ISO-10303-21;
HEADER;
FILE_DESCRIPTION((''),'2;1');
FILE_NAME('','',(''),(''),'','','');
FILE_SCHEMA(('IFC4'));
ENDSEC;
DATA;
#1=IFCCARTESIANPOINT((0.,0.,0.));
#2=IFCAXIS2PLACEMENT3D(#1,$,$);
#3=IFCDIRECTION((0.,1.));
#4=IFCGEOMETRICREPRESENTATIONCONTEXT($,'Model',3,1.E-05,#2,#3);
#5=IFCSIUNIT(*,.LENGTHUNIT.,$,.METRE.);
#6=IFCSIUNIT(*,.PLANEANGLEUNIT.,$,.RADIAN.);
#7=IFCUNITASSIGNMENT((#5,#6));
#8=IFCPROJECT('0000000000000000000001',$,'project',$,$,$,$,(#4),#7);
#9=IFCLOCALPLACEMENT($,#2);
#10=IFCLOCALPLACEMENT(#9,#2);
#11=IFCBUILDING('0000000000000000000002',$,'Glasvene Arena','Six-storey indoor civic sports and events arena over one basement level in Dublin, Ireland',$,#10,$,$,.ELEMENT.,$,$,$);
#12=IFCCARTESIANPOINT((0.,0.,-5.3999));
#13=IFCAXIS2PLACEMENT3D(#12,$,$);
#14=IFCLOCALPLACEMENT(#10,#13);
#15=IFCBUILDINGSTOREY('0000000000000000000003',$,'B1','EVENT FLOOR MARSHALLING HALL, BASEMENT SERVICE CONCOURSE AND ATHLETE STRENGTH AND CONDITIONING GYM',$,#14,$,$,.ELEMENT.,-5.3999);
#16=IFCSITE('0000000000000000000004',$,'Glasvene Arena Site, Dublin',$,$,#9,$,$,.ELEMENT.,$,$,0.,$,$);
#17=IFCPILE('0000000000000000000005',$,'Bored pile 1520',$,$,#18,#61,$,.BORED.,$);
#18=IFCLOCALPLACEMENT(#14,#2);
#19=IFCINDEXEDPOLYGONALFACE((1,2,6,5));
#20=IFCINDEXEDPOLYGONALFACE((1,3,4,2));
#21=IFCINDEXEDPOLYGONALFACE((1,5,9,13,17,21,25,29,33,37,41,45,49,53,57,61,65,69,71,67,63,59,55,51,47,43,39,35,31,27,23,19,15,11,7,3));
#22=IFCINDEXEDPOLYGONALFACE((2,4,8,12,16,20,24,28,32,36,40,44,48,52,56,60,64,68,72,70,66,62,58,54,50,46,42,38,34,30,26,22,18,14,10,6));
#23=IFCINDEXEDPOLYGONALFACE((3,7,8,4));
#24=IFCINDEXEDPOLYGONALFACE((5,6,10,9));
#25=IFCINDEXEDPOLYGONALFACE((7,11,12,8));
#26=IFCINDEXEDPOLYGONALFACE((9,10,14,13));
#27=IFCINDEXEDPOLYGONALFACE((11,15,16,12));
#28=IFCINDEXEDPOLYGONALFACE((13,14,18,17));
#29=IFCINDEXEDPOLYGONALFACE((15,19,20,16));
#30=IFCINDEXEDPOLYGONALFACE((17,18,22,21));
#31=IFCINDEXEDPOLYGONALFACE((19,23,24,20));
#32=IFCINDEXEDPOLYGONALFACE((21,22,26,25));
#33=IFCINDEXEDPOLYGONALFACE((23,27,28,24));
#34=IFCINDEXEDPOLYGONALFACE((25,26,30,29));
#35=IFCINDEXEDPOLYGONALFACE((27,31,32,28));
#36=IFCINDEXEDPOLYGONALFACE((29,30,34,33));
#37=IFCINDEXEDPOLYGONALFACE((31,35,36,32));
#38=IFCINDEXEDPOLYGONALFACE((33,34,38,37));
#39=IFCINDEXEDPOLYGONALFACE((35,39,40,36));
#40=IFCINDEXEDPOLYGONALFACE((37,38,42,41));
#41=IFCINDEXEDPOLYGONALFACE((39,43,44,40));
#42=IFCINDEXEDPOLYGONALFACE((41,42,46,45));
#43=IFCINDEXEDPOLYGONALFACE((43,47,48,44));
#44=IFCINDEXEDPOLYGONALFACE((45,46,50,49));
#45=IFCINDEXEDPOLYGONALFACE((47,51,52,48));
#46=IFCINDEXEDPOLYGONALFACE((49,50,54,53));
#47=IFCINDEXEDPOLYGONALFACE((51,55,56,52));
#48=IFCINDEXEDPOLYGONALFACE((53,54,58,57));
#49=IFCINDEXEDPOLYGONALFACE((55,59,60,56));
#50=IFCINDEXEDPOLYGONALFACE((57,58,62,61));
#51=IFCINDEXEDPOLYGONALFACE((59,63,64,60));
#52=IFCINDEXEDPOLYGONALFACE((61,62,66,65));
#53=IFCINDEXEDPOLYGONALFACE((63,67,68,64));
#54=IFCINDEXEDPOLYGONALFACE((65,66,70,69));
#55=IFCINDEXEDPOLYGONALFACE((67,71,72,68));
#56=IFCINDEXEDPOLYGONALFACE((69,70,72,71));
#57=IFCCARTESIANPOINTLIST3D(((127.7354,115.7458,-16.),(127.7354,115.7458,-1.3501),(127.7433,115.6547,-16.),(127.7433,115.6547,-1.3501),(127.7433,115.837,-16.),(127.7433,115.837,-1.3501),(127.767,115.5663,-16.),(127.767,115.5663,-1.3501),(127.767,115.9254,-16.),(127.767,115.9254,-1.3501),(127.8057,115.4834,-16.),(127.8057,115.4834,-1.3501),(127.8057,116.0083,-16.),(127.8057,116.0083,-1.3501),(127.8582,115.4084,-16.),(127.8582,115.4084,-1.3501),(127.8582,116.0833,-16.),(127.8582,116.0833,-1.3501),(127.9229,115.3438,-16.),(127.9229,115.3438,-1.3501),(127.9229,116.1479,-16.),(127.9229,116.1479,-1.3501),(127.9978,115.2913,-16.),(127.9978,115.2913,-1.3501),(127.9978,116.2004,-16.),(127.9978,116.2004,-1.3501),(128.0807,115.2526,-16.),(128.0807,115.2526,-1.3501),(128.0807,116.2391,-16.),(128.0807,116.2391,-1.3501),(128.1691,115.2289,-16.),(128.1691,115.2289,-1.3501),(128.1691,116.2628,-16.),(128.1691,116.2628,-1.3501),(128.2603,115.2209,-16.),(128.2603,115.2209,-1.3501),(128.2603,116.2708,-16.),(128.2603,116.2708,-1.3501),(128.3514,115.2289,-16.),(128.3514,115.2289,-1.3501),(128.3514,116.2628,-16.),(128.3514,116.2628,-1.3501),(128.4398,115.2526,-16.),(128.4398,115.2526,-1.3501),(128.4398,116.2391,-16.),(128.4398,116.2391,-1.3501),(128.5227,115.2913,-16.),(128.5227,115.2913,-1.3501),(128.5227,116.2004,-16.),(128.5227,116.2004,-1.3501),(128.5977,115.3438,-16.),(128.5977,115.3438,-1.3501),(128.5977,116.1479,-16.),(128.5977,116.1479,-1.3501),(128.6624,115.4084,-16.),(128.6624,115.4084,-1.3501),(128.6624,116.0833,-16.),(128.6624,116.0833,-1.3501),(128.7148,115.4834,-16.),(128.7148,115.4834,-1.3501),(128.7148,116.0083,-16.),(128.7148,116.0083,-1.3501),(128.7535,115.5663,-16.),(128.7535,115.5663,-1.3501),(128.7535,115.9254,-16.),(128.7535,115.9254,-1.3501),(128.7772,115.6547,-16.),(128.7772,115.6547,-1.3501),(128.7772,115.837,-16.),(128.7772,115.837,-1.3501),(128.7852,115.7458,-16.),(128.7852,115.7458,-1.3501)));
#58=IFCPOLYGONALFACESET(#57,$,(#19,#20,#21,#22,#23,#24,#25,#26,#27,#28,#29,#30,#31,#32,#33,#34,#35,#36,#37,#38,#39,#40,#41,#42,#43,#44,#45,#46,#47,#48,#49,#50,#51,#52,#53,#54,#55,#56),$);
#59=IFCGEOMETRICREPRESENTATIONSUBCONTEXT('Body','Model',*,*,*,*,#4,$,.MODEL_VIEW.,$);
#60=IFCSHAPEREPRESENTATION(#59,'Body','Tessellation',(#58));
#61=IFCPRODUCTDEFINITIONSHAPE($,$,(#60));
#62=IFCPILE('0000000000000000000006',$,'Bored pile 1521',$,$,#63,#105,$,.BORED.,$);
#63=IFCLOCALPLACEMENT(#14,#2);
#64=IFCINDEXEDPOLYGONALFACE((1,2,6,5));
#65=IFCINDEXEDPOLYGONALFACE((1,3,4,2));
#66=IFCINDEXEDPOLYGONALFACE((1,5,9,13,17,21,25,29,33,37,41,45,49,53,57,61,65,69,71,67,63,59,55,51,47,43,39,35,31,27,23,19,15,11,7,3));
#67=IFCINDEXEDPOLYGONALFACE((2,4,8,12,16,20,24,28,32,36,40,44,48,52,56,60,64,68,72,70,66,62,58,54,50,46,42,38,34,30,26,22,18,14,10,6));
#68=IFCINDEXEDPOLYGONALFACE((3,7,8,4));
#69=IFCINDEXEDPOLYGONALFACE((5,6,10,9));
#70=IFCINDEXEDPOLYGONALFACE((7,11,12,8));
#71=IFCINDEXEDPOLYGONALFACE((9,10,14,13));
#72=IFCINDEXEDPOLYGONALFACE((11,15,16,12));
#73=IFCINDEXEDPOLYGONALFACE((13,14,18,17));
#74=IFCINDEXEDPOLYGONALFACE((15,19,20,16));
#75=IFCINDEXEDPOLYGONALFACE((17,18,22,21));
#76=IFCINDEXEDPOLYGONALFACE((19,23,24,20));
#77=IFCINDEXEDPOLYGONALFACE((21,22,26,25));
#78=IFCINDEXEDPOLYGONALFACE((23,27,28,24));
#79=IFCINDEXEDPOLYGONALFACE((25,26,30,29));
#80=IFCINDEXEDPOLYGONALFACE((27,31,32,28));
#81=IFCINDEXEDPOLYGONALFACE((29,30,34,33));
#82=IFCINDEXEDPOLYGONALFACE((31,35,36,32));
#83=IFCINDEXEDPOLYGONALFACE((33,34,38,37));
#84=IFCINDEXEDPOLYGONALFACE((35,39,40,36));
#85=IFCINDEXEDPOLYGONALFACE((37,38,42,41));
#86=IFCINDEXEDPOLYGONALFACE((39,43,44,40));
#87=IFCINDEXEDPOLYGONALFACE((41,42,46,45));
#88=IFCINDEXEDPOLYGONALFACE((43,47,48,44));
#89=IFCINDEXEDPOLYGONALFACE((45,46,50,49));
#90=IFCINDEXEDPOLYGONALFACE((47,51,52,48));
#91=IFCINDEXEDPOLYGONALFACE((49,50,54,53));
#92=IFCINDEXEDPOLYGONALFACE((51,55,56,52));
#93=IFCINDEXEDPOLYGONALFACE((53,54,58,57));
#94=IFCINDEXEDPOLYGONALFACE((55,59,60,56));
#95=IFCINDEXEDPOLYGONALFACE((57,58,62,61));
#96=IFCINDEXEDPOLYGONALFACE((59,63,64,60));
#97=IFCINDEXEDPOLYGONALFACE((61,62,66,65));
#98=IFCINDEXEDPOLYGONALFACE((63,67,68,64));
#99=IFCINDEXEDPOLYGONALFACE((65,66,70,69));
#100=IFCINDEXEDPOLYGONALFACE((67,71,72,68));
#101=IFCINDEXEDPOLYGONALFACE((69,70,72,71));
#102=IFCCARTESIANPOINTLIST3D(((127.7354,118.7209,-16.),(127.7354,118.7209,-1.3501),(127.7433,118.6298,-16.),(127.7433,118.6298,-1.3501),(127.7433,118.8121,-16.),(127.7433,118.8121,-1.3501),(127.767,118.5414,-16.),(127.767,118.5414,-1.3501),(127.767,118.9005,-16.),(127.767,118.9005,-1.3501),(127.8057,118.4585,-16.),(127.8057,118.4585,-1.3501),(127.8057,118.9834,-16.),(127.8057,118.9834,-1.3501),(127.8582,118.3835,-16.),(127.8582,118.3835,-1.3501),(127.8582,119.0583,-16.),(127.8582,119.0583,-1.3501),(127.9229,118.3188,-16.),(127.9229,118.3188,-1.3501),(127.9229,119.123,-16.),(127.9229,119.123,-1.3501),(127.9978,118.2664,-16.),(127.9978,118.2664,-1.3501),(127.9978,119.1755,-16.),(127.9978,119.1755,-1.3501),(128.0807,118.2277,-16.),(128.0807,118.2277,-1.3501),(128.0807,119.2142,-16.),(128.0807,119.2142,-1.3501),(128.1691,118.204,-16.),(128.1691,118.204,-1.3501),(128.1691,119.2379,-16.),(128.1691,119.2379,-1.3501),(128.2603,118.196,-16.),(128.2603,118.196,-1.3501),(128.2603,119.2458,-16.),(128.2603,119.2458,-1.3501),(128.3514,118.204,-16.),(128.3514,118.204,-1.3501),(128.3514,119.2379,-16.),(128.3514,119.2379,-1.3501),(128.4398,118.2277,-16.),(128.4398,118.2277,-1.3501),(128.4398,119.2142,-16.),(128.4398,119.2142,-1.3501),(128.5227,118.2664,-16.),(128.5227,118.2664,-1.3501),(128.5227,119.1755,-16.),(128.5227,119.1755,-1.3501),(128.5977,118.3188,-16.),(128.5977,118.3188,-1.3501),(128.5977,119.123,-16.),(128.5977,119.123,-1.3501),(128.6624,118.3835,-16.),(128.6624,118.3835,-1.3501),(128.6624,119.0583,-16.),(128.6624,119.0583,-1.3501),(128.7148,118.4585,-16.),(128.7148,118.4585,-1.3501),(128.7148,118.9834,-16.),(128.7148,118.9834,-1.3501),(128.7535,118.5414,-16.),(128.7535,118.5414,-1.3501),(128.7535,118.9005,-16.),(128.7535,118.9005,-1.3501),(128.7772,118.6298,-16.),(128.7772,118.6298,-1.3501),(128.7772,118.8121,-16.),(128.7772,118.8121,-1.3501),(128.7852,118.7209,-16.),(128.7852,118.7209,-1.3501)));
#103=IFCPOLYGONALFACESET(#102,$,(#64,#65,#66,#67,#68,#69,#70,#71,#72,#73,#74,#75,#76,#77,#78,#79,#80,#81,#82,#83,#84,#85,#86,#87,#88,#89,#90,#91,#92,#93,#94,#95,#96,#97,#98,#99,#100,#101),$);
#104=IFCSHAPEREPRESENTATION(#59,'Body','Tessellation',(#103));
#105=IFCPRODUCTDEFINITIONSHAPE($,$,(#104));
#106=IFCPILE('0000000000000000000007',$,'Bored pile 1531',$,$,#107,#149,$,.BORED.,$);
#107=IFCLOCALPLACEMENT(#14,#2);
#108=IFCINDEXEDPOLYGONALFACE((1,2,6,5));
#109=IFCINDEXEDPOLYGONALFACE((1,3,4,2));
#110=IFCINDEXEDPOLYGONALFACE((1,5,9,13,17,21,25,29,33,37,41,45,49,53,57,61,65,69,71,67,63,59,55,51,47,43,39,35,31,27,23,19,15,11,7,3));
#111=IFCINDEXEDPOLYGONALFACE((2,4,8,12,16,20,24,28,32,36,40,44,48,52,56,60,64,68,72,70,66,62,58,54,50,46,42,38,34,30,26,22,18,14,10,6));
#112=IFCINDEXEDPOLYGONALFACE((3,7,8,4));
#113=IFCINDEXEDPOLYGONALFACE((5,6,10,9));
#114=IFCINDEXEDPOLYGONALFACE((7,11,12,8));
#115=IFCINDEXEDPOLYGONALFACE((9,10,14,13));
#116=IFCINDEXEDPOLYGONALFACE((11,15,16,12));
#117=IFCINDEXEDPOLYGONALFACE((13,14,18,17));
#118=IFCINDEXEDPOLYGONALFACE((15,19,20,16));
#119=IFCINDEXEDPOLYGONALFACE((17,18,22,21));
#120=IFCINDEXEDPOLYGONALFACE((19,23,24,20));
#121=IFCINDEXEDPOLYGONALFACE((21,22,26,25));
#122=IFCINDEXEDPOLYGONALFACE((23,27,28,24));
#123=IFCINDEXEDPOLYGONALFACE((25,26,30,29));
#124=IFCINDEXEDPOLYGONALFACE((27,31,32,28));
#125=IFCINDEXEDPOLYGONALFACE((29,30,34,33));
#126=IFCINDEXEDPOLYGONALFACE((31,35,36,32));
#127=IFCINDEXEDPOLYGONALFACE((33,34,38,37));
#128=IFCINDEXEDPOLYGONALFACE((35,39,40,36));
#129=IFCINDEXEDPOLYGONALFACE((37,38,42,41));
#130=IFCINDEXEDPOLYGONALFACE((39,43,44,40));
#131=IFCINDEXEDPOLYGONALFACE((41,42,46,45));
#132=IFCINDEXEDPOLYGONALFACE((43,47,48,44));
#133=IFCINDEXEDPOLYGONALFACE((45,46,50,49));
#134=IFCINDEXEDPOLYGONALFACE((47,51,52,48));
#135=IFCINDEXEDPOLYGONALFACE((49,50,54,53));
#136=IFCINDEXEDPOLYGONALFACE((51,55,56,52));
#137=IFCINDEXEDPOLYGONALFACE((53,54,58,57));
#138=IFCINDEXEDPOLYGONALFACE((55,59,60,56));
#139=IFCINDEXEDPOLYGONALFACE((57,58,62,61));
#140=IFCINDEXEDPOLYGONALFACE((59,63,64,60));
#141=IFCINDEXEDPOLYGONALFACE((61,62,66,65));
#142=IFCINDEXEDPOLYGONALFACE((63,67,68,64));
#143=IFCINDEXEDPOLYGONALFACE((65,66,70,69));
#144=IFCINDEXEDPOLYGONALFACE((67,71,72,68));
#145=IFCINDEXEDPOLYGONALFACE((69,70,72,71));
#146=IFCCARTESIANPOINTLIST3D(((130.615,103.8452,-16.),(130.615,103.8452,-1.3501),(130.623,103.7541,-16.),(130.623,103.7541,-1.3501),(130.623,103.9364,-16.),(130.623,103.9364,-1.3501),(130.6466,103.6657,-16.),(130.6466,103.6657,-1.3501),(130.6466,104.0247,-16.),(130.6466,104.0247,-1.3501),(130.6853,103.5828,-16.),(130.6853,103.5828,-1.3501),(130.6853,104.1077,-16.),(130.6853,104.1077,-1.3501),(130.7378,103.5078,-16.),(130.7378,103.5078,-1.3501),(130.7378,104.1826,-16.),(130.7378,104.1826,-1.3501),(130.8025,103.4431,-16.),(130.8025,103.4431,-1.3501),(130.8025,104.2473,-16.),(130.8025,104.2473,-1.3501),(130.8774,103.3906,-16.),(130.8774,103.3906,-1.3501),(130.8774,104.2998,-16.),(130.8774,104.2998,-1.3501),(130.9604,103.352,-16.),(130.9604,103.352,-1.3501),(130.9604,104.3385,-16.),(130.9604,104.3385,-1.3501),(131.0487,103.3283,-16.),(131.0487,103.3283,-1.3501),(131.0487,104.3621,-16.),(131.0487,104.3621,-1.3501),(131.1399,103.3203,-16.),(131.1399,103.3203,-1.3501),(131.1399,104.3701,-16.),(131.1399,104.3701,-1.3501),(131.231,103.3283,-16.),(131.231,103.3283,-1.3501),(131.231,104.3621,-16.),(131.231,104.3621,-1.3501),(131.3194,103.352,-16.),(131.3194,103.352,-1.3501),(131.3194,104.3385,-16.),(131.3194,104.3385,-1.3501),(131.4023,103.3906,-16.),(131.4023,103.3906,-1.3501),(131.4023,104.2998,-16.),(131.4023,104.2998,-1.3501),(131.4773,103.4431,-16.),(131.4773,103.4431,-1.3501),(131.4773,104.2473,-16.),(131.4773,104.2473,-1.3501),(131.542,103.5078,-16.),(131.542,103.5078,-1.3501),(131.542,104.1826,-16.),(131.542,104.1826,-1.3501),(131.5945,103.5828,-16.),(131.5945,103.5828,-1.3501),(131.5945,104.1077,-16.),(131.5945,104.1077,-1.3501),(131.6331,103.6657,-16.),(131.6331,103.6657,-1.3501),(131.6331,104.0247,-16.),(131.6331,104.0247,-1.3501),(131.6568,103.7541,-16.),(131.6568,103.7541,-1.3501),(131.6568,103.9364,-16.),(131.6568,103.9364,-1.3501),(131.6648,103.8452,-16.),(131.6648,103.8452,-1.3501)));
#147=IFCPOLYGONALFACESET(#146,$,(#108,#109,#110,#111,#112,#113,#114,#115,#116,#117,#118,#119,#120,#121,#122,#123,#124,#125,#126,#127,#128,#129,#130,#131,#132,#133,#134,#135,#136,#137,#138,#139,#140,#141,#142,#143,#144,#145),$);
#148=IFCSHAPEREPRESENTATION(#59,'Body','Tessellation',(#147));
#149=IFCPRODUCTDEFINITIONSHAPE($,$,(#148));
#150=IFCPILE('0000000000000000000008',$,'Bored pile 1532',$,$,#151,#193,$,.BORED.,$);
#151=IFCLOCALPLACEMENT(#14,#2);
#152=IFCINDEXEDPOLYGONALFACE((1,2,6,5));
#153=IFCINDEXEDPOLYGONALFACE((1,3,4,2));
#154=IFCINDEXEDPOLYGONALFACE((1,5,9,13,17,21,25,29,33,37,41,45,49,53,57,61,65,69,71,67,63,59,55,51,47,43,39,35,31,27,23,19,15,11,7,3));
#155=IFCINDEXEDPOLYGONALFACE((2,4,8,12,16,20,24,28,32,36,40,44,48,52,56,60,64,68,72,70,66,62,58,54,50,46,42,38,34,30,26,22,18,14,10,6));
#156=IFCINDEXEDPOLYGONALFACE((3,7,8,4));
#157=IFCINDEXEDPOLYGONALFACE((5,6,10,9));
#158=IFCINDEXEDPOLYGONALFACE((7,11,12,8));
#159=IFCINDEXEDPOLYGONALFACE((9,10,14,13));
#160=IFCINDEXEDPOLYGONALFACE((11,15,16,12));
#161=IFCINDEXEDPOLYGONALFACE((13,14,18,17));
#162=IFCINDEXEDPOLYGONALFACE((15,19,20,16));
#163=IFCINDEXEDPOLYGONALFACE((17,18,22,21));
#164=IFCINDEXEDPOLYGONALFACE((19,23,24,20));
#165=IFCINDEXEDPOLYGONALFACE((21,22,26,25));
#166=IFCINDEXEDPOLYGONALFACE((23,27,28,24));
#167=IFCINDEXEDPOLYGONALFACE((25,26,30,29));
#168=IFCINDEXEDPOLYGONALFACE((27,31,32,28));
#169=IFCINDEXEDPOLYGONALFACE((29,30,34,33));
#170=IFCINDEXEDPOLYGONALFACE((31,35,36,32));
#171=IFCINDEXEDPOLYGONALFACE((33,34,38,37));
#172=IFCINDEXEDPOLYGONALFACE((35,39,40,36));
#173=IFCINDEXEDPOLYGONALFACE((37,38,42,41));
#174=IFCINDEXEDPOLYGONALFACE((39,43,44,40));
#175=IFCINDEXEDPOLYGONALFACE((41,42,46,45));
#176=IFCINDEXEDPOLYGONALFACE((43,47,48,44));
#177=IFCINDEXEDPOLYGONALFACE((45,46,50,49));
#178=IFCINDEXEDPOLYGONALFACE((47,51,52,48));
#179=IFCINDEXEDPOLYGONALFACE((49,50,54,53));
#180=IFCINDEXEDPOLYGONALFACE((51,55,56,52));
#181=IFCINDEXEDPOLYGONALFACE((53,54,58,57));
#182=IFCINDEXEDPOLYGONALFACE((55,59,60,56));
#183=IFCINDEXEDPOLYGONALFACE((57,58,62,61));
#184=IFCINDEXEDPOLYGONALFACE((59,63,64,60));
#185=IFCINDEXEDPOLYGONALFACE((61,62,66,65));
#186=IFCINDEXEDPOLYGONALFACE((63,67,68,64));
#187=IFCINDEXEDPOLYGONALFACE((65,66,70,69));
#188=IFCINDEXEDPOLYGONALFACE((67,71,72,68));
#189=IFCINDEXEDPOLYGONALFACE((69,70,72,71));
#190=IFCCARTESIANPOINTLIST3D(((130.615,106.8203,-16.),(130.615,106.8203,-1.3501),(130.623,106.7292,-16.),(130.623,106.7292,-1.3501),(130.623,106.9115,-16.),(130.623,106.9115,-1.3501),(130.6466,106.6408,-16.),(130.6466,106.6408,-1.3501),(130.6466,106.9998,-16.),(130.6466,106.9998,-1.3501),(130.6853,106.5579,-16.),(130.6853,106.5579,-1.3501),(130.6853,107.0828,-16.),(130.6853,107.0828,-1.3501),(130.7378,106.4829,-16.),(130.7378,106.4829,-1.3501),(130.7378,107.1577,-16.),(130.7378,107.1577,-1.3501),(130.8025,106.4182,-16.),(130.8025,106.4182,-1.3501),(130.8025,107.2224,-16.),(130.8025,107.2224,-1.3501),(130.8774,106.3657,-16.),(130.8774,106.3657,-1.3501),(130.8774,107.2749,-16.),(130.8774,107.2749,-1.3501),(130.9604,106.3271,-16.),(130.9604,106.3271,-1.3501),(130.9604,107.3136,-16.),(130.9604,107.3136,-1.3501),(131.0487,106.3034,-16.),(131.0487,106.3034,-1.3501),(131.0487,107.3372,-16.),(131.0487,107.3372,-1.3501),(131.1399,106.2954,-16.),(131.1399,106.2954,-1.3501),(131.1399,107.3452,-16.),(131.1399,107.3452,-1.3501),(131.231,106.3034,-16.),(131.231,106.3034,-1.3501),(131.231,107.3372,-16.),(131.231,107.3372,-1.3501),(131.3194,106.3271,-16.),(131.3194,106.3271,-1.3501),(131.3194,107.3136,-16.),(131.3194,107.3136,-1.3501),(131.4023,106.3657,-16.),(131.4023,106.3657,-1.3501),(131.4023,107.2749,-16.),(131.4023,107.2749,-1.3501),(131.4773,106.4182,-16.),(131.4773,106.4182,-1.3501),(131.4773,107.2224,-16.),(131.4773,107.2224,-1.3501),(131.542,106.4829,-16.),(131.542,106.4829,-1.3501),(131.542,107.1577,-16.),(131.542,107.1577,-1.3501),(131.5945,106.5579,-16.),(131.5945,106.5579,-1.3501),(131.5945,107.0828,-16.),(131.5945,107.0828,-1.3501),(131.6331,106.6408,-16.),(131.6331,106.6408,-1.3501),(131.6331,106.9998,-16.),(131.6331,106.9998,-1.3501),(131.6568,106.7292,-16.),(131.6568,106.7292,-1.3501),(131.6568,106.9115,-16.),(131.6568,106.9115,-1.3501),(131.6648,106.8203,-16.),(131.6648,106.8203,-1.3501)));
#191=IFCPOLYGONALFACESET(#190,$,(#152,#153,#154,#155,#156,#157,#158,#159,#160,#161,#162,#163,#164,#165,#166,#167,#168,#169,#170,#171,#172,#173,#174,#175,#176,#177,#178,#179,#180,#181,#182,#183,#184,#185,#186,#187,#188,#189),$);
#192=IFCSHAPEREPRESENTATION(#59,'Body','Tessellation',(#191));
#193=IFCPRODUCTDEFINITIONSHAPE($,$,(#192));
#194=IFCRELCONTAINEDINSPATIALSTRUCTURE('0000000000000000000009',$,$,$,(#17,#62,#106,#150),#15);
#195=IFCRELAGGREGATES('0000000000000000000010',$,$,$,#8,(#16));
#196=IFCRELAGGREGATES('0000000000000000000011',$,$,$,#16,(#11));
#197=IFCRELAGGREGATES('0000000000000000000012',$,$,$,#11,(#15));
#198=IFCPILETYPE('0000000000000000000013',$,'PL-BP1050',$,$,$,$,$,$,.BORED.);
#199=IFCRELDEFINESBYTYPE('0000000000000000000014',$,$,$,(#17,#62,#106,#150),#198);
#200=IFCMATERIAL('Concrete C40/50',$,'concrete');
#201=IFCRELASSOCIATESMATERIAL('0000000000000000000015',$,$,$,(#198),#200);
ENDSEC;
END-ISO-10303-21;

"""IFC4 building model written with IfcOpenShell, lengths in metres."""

from ifc_helpers import new_model, si_unit, direction, frame, origin, origin_2d, place, context, subcontext, project, spatial, circle, extrude, material, material_profile, profile_set, type_object, element, save


model = new_model("IFC4")

# Units and contexts
model_context = context("Model", 3, precision=1e-05, world=origin(), true_north=direction((0.0, 1.0)))
body_context = subcontext(model_context, "Body", "Model", "MODEL_VIEW")
ifc_project = project(units=[si_unit("LENGTHUNIT", "METRE"), si_unit("PLANEANGLEUNIT", "RADIAN")], contexts=[model_context])

# Site, building, storey
site_placement = place(None, origin())
site = spatial("IfcSite", under=ifc_project, at=site_placement, Name="Glasvene Arena Site, Dublin", CompositionType="ELEMENT", RefElevation=0.0)
building_placement = place(site_placement, origin())
building = spatial("IfcBuilding", under=site, at=building_placement, Name="Glasvene Arena", Description="Six-storey indoor civic sports and events arena over one basement level in Dublin, Ireland", CompositionType="ELEMENT")
storey_placement = place(building_placement, frame((0.0, 0.0, -5.3999)))
storey = spatial("IfcBuildingStorey", under=building, at=storey_placement, Name="B1", Description="EVENT FLOOR MARSHALLING HALL, BASEMENT SERVICE CONCOURSE AND ATHLETE STRENGTH AND CONDITIONING GYM", CompositionType="ELEMENT", Elevation=-5.3999)

# Piles
ifc_material_1 = material(Name="Concrete C40/50", Category="concrete")
ifc_material_profile_1 = material_profile(ifc_material_1, circle(Radius=0.5249, at=origin_2d()), Name="BORED PILE 1050")
ifc_profile_set_1 = profile_set([ifc_material_profile_1], Name="Concrete C40/50")
pile_type = type_object("IfcPileType", Name="PL-BP1050", PredefinedType="BORED", material=ifc_profile_set_1)
for number, where, z_axis, x_axis, name in (
    (1, (128.2603, 115.7458, -1.3501), (0.0, 0.0, -1.0), (1.0, 0.0, 0.0), "Bored pile 1520"),
    (2, (128.2603, 118.7209, -1.3501), (0.0, 0.0, -1.0), (1.0, 0.0, 0.0), "Bored pile 1521"),
    (3, (131.1399, 103.8452, -1.3501), (0.0, 0.0, -1.0), (1.0, 0.0, 0.0), "Bored pile 1531"),
    (4, (131.1399, 106.8203, -1.3501), (0.0, 0.0, -1.0), (1.0, 0.0, 0.0), "Bored pile 1532"),
):
    element("IfcPile", number, at=place(storey_placement, frame(where, z_axis=z_axis, x_axis=x_axis)), inside=storey, type_object=pile_type, Name=name, PredefinedType="BORED", context=body_context, shape_type="SweptSolid", body=[
        extrude(circle(Radius=0.5249, at=origin_2d()), origin(), (0.0, 0.0, 1.0), 14.6499),
    ])

save(model, "model.ifc")
